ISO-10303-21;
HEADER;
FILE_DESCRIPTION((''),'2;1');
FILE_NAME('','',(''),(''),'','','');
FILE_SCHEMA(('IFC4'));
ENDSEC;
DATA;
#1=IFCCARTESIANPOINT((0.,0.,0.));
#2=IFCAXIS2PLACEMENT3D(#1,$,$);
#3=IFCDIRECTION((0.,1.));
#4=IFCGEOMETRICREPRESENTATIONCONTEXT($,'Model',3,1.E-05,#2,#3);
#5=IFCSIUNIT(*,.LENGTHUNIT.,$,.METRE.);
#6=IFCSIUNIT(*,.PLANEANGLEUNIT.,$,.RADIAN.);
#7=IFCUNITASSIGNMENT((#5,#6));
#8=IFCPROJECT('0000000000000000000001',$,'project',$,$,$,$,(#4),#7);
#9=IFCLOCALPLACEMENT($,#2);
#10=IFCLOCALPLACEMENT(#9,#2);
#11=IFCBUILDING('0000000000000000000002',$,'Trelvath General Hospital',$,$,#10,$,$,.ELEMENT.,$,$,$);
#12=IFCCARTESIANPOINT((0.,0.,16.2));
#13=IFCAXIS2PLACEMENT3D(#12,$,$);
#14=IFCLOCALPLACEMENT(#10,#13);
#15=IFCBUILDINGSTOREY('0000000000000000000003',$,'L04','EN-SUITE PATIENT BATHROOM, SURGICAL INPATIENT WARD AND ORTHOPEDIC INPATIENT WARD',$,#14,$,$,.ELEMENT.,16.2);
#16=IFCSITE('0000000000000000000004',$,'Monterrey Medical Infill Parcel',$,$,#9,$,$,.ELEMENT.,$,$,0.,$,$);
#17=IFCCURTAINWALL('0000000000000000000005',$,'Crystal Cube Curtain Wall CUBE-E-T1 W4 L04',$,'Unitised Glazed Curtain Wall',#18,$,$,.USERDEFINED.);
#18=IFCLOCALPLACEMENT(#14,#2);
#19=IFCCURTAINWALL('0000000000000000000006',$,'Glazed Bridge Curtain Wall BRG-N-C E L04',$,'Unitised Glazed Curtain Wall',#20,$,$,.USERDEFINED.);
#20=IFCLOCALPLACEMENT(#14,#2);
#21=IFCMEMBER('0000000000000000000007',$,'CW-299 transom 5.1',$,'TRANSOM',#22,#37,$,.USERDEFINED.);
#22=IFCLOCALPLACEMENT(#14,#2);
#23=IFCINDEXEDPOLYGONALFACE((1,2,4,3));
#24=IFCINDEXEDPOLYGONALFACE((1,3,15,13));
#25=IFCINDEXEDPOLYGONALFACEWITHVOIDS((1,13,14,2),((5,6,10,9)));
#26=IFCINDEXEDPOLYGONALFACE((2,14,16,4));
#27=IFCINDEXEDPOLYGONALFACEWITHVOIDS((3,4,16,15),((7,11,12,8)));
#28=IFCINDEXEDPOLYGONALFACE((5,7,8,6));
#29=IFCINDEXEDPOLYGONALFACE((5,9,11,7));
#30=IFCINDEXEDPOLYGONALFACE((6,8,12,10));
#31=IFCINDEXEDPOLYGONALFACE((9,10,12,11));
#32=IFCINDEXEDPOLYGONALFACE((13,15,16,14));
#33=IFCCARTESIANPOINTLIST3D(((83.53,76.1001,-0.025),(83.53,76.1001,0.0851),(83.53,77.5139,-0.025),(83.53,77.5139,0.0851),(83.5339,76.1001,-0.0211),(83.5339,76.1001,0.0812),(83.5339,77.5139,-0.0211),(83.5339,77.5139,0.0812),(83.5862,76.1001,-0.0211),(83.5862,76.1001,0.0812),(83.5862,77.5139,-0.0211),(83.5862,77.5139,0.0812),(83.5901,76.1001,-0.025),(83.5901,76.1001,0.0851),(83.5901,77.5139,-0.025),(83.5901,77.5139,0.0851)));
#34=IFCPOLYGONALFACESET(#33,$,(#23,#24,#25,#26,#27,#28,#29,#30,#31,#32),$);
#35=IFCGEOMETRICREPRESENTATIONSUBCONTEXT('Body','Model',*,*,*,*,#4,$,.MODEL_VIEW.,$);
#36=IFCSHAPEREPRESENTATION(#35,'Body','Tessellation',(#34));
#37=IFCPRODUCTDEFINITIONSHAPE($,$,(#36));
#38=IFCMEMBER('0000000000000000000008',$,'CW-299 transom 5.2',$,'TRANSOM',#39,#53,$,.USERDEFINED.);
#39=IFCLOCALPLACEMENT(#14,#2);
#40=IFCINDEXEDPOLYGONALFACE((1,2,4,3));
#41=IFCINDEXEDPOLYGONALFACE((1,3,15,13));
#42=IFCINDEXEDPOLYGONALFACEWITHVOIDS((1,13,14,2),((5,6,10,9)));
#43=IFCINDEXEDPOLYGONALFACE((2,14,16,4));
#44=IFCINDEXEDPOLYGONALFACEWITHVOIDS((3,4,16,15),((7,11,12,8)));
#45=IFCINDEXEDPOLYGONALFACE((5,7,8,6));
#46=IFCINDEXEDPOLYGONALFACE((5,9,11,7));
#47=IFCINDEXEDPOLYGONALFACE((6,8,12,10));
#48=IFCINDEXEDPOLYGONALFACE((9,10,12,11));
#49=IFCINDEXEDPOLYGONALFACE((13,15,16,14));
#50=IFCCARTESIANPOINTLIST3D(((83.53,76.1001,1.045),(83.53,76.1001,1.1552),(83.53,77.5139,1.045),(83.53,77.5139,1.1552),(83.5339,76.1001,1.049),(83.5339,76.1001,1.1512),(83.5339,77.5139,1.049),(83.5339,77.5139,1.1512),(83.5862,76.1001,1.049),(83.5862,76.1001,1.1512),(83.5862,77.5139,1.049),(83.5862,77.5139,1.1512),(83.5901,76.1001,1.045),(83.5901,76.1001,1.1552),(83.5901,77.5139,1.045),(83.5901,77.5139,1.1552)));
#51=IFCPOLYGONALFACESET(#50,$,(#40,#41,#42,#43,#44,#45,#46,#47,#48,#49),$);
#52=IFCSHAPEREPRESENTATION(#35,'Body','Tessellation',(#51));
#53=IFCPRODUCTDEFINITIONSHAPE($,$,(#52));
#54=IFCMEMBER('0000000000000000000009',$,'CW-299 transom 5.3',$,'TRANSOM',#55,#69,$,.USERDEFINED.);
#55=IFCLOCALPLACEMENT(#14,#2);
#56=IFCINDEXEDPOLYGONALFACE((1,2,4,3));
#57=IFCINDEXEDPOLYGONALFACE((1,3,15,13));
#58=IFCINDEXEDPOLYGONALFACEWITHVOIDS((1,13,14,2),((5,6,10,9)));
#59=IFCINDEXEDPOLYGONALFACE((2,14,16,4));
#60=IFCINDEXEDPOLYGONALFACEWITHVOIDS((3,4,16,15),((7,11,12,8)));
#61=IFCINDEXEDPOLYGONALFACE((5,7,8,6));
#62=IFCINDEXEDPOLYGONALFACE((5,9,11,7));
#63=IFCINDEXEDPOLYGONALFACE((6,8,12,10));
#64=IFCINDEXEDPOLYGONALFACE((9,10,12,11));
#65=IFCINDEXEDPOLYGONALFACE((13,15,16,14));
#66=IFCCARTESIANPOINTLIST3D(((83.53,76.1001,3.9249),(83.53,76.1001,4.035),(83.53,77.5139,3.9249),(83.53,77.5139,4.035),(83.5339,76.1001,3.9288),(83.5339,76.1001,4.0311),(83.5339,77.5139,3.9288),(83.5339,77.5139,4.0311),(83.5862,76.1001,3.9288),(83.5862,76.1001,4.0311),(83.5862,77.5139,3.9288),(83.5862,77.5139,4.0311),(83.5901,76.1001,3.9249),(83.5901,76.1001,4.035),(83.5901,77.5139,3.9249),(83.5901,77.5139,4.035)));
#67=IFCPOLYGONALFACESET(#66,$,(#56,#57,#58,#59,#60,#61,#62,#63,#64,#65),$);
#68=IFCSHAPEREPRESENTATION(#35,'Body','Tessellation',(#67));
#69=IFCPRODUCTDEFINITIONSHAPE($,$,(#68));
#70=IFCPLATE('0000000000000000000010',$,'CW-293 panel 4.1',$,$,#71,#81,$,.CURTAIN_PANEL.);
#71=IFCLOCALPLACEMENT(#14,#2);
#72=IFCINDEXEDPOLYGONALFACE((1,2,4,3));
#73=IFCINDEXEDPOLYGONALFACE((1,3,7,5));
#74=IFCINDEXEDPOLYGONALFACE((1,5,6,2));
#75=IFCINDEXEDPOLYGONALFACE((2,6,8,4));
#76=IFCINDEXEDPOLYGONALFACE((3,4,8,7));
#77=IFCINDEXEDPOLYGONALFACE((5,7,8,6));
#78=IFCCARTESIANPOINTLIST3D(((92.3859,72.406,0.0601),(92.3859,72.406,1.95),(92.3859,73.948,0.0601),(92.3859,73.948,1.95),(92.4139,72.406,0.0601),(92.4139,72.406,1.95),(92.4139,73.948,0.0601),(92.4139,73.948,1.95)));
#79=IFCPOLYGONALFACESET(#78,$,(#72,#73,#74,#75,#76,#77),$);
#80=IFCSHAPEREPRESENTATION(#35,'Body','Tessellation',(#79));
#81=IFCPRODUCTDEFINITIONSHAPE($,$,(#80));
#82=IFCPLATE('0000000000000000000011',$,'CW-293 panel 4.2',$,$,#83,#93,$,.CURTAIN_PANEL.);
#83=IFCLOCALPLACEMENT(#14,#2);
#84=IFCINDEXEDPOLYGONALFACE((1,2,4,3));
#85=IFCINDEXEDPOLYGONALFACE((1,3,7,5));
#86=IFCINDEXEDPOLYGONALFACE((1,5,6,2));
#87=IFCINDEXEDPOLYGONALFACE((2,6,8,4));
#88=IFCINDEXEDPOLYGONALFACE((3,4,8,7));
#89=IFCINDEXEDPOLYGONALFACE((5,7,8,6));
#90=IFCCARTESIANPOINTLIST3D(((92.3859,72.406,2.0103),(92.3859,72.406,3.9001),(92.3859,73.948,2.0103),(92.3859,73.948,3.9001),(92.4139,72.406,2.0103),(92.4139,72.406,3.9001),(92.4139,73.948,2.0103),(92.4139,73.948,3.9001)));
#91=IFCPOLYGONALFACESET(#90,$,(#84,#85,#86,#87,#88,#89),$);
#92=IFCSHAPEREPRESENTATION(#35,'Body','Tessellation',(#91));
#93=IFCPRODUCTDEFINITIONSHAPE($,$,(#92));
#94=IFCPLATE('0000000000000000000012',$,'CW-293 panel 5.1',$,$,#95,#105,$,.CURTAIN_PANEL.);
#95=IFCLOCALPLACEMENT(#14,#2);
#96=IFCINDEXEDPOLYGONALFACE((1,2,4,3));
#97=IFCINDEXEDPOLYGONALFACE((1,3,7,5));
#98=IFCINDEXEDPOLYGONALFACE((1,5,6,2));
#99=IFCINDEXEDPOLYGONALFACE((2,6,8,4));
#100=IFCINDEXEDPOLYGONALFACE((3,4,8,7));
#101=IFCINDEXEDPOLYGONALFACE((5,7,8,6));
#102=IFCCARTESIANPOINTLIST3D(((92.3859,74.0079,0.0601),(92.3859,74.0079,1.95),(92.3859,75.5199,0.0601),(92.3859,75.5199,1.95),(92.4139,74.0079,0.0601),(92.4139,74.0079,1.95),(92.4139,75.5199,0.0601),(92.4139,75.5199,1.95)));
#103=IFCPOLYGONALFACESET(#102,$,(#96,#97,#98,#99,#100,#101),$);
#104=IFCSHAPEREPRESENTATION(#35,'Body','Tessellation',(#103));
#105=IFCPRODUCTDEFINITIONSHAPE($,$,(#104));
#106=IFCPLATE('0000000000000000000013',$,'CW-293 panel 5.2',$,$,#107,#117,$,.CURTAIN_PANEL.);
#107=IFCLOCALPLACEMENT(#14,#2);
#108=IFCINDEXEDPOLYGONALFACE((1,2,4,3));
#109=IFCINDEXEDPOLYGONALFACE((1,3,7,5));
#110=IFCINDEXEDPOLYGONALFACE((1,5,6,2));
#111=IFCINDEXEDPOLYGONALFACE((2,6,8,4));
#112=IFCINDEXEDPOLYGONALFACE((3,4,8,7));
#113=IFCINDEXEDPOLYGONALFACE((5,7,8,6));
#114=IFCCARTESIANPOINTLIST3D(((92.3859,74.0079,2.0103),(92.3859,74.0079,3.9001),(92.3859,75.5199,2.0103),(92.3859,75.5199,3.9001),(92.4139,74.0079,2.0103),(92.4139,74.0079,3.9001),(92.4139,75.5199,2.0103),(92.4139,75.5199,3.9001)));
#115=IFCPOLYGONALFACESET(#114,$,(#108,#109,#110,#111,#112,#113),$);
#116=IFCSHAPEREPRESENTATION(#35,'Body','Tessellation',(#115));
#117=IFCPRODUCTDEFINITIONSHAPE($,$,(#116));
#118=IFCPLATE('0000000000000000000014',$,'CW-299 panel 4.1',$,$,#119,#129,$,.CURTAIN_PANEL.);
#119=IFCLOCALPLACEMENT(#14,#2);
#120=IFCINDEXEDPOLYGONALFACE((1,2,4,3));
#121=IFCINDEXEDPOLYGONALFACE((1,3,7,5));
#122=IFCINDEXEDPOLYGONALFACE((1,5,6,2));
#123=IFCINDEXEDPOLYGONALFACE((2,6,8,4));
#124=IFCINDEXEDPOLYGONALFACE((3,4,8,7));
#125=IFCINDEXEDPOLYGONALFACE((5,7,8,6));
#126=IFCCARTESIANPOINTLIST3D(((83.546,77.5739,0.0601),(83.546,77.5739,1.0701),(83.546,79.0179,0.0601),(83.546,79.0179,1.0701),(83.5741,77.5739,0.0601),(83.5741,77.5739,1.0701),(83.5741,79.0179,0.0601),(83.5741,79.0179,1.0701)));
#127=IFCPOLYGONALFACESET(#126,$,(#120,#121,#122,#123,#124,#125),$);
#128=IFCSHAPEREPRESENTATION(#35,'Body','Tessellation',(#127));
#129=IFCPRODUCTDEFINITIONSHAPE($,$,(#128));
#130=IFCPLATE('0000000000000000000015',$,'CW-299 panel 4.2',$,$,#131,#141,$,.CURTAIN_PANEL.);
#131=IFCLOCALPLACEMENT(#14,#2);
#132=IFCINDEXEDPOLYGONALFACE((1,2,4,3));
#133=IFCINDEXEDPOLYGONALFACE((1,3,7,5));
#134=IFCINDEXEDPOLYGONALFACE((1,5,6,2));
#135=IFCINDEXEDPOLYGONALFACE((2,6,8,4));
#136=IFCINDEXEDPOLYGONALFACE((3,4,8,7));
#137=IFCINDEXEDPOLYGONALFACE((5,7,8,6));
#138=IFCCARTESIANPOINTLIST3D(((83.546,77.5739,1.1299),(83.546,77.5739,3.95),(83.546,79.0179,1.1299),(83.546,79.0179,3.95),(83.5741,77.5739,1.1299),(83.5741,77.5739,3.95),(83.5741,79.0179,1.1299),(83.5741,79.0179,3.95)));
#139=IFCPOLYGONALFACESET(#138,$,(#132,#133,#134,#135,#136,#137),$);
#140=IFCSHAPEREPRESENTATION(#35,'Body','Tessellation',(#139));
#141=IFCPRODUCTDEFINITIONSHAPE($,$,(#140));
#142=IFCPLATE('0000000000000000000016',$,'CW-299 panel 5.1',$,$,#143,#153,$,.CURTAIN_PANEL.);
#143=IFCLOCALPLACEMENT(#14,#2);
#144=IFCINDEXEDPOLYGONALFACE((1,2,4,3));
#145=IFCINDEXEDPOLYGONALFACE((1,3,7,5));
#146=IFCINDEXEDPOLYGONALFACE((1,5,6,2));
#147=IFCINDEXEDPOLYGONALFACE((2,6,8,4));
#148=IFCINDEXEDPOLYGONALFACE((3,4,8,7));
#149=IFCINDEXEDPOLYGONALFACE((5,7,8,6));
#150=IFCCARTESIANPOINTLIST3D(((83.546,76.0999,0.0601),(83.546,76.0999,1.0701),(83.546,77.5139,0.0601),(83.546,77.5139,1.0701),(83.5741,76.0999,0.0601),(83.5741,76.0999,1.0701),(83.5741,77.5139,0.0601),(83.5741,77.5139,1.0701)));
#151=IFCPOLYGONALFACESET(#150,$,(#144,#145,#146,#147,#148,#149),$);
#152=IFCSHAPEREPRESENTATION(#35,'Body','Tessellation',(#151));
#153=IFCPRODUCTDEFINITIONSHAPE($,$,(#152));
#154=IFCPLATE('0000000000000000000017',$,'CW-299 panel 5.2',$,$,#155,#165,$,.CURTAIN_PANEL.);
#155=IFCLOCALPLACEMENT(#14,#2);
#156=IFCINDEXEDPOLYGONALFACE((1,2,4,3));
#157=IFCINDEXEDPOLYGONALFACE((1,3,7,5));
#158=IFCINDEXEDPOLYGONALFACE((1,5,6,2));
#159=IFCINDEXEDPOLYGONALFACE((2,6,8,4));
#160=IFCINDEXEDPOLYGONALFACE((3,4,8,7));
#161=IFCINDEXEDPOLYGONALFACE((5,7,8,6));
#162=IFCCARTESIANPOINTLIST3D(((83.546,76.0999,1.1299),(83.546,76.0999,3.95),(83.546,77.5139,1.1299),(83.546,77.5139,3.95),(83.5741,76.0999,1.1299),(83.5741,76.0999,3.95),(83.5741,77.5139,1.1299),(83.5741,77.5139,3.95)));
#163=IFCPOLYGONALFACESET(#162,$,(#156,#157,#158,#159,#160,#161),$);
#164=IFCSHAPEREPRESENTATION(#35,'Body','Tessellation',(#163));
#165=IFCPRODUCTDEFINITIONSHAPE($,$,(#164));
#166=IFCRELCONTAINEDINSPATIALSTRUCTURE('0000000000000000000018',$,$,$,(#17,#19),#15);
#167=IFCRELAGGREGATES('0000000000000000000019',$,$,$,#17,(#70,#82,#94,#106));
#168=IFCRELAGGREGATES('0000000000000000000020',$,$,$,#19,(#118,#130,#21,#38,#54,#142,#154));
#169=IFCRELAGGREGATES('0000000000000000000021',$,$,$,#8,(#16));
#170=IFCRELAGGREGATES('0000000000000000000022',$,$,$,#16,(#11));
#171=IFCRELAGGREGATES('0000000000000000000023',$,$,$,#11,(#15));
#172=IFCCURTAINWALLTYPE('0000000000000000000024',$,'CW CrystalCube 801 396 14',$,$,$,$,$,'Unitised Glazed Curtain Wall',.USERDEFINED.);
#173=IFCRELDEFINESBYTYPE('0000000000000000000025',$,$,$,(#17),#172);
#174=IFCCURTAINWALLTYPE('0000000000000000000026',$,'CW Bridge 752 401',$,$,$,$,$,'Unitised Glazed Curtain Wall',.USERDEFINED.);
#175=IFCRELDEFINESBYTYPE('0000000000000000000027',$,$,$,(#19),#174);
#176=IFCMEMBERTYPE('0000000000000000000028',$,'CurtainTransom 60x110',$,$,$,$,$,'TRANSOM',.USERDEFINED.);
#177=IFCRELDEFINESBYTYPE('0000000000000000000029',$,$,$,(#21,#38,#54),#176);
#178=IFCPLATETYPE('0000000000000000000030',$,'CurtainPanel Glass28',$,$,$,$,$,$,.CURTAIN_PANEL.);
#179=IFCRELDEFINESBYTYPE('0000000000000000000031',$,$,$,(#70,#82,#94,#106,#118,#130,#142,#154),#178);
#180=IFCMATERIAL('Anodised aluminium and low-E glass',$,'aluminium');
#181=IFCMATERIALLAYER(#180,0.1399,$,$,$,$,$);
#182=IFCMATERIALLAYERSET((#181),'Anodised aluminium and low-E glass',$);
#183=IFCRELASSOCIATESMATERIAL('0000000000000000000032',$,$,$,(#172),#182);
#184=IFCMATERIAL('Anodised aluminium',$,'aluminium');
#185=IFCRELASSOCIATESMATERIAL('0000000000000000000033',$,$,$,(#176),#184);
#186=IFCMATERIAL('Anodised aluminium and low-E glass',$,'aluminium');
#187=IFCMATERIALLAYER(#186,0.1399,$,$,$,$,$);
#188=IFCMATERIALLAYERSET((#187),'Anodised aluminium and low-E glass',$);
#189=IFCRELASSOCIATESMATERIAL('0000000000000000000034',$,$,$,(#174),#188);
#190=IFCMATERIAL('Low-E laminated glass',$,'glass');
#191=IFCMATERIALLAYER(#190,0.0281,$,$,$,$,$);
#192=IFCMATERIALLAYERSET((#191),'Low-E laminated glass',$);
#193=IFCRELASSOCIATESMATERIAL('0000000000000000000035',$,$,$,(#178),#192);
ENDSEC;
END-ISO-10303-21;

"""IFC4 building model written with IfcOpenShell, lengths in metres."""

from ifc_helpers import new_model, si_unit, direction, frame, origin, origin_2d, place, context, subcontext, project, spatial, rectangle, hollow_rectangle, extrude, material, layer, layer_set, material_profile, profile_set, type_object, element, aggregate, save


model = new_model("IFC4")

# Units and contexts
model_context = context("Model", 3, precision=1e-05, world=origin(), true_north=direction((0.0, 1.0)))
body_context = subcontext(model_context, "Body", "Model", "MODEL_VIEW")
ifc_project = project(units=[si_unit("LENGTHUNIT", "METRE"), si_unit("PLANEANGLEUNIT", "RADIAN")], contexts=[model_context])

# Site, building, storey
site_placement = place(None, origin())
site = spatial("IfcSite", under=ifc_project, at=site_placement, Name="Monterrey Medical Infill Parcel", CompositionType="ELEMENT", RefElevation=0.0)
building_placement = place(site_placement, origin())
building = spatial("IfcBuilding", under=site, at=building_placement, Name="Trelvath General Hospital", CompositionType="ELEMENT")
storey_placement = place(building_placement, frame((0.0, 0.0, 16.2)))
storey = spatial("IfcBuildingStorey", under=building, at=storey_placement, Name="L04", Description="EN-SUITE PATIENT BATHROOM, SURGICAL INPATIENT WARD AND ORTHOPEDIC INPATIENT WARD", CompositionType="ELEMENT", Elevation=16.2)

# Curtain walls, members
ifc_material_1 = material(Name="Anodised aluminium and low-E glass", Category="aluminium")
ifc_layer_1 = layer(ifc_material_1, 0.1399)
ifc_layer_set_1 = layer_set([ifc_layer_1], Name="Anodised aluminium and low-E glass")
curtain_wall_type_1 = type_object("IfcCurtainWallType", Name="CW CrystalCube 801 396 14", ElementType="Unitised Glazed Curtain Wall", PredefinedType="USERDEFINED", material=ifc_layer_set_1)
curtain_wall_1_placement = place(storey_placement, origin())
curtain_wall_1 = element("IfcCurtainWall", 1, at=curtain_wall_1_placement, inside=storey, type_object=curtain_wall_type_1, Name="Crystal Cube Curtain Wall CUBE-E-T1 W4 L04", ObjectType="Unitised Glazed Curtain Wall", PredefinedType="USERDEFINED")
ifc_material_2 = material(Name="Anodised aluminium", Category="aluminium")
ifc_material_profile_1 = material_profile(ifc_material_2, hollow_rectangle(XDim=0.0601, YDim=0.1101, WallThickness=0.0039, at=origin_2d()), Name="RHS60x110x4")
ifc_profile_set_1 = profile_set([ifc_material_profile_1], Name="Anodised aluminium")
member_type_1 = type_object("IfcMemberType", Name="CurtainTransom 60x110", ElementType="TRANSOM", PredefinedType="USERDEFINED", material=ifc_profile_set_1)
ifc_material_3 = material(Name="Anodised aluminium and low-E glass", Category="aluminium")
ifc_layer_2 = layer(ifc_material_3, 0.1399)
ifc_layer_set_2 = layer_set([ifc_layer_2], Name="Anodised aluminium and low-E glass")
curtain_wall_type_2 = type_object("IfcCurtainWallType", Name="CW Bridge 752 401", ElementType="Unitised Glazed Curtain Wall", PredefinedType="USERDEFINED", material=ifc_layer_set_2)
curtain_wall_2_placement = place(storey_placement, origin())
curtain_wall_2 = element("IfcCurtainWall", 2, at=curtain_wall_2_placement, inside=storey, type_object=curtain_wall_type_2, Name="Glazed Bridge Curtain Wall BRG-N-C E L04", ObjectType="Unitised Glazed Curtain Wall", PredefinedType="USERDEFINED")
member_1_placement = place(storey_placement, frame((83.5601, 77.5139, 0.03), z_axis=(0.0, -1.0, 0.0), x_axis=(1.0, 0.0, 0.0)))
member_1 = element("IfcMember", 3, at=member_1_placement, type_object=member_type_1, Name="CW-299 transom 5.1", ObjectType="TRANSOM", PredefinedType="USERDEFINED", context=body_context, shape_type="SweptSolid", body=[
    extrude(hollow_rectangle(XDim=0.0601, YDim=0.1101, WallThickness=0.0039, at=origin_2d()), origin(), (0.0, 0.0, 1.0), 1.4138),
])
member_2_placement = place(storey_placement, frame((83.5601, 77.5139, 1.1001), z_axis=(0.0, -1.0, 0.0), x_axis=(1.0, 0.0, 0.0)))
member_2 = element("IfcMember", 4, at=member_2_placement, type_object=member_type_1, Name="CW-299 transom 5.2", ObjectType="TRANSOM", PredefinedType="USERDEFINED", context=body_context, shape_type="SweptSolid", body=[
    extrude(hollow_rectangle(XDim=0.0601, YDim=0.1101, WallThickness=0.0039, at=origin_2d()), origin(), (0.0, 0.0, 1.0), 1.4138),
])
member_3_placement = place(storey_placement, frame((83.5601, 77.5139, 3.98), z_axis=(0.0, -1.0, 0.0), x_axis=(1.0, 0.0, 0.0)))
member_3 = element("IfcMember", 5, at=member_3_placement, type_object=member_type_1, Name="CW-299 transom 5.3", ObjectType="TRANSOM", PredefinedType="USERDEFINED", context=body_context, shape_type="SweptSolid", body=[
    extrude(hollow_rectangle(XDim=0.0601, YDim=0.1101, WallThickness=0.0039, at=origin_2d()), origin(), (0.0, 0.0, 1.0), 1.4138),
])

# Plates
ifc_material_4 = material(Name="Low-E laminated glass", Category="glass")
ifc_layer_3 = layer(ifc_material_4, 0.0281)
ifc_layer_set_3 = layer_set([ifc_layer_3], Name="Low-E laminated glass")
plate_type = type_object("IfcPlateType", Name="CurtainPanel Glass28", PredefinedType="CURTAIN_PANEL", material=ifc_layer_set_3)
plate_1_placement = place(storey_placement, frame((92.3999, 73.177, 0.0601), z_axis=(0.0, 0.0, 1.0), x_axis=(0.0, 1.0, 0.0)))
plate_1 = element("IfcPlate", 6, at=plate_1_placement, type_object=plate_type, Name="CW-293 panel 4.1", PredefinedType="CURTAIN_PANEL", context=body_context, shape_type="SweptSolid", body=[
    extrude(rectangle(XDim=1.542, YDim=0.0281, at=origin_2d()), origin(), (0.0, 0.0, 1.0), 1.8899),
])
plate_2_placement = place(storey_placement, frame((92.3999, 73.177, 2.0103), z_axis=(0.0, 0.0, 1.0), x_axis=(0.0, 1.0, 0.0)))
plate_2 = element("IfcPlate", 7, at=plate_2_placement, type_object=plate_type, Name="CW-293 panel 4.2", PredefinedType="CURTAIN_PANEL", context=body_context, shape_type="SweptSolid", body=[
    extrude(rectangle(XDim=1.542, YDim=0.0281, at=origin_2d()), origin(), (0.0, 0.0, 1.0), 1.8899),
])
plate_3_placement = place(storey_placement, frame((92.3999, 74.7639, 0.0601), z_axis=(0.0, 0.0, 1.0), x_axis=(0.0, 1.0, 0.0)))
plate_3 = element("IfcPlate", 8, at=plate_3_placement, type_object=plate_type, Name="CW-293 panel 5.1", PredefinedType="CURTAIN_PANEL", context=body_context, shape_type="SweptSolid", body=[
    extrude(rectangle(XDim=1.512, YDim=0.0281, at=origin_2d()), origin(), (0.0, 0.0, 1.0), 1.8899),
])
plate_4_placement = place(storey_placement, frame((92.3999, 74.7639, 2.0103), z_axis=(0.0, 0.0, 1.0), x_axis=(0.0, 1.0, 0.0)))
plate_4 = element("IfcPlate", 9, at=plate_4_placement, type_object=plate_type, Name="CW-293 panel 5.2", PredefinedType="CURTAIN_PANEL", context=body_context, shape_type="SweptSolid", body=[
    extrude(rectangle(XDim=1.512, YDim=0.0281, at=origin_2d()), origin(), (0.0, 0.0, 1.0), 1.8899),
])
aggregate(curtain_wall_1, [plate_1, plate_2, plate_3, plate_4])
plate_5_placement = place(storey_placement, frame((83.5601, 78.2959, 0.0601), z_axis=(0.0, 0.0, 1.0), x_axis=(0.0, -1.0, 0.0)))
plate_5 = element("IfcPlate", 10, at=plate_5_placement, type_object=plate_type, Name="CW-299 panel 4.1", PredefinedType="CURTAIN_PANEL", context=body_context, shape_type="SweptSolid", body=[
    extrude(rectangle(XDim=1.4441, YDim=0.0281, at=origin_2d()), origin(), (0.0, 0.0, 1.0), 1.01),
])
plate_6_placement = place(storey_placement, frame((83.5601, 78.2959, 1.1299), z_axis=(0.0, 0.0, 1.0), x_axis=(0.0, -1.0, 0.0)))
plate_6 = element("IfcPlate", 11, at=plate_6_placement, type_object=plate_type, Name="CW-299 panel 4.2", PredefinedType="CURTAIN_PANEL", context=body_context, shape_type="SweptSolid", body=[
    extrude(rectangle(XDim=1.4441, YDim=0.0281, at=origin_2d()), origin(), (0.0, 0.0, 1.0), 2.8201),
])
plate_7_placement = place(storey_placement, frame((83.5601, 76.8069, 0.0601), z_axis=(0.0, 0.0, 1.0), x_axis=(0.0, -1.0, 0.0)))
plate_7 = element("IfcPlate", 12, at=plate_7_placement, type_object=plate_type, Name="CW-299 panel 5.1", PredefinedType="CURTAIN_PANEL", context=body_context, shape_type="SweptSolid", body=[
    extrude(rectangle(XDim=1.4141, YDim=0.0281, at=origin_2d()), origin(), (0.0, 0.0, 1.0), 1.01),
])
plate_8_placement = place(storey_placement, frame((83.5601, 76.8069, 1.1299), z_axis=(0.0, 0.0, 1.0), x_axis=(0.0, -1.0, 0.0)))
plate_8 = element("IfcPlate", 13, at=plate_8_placement, type_object=plate_type, Name="CW-299 panel 5.2", PredefinedType="CURTAIN_PANEL", context=body_context, shape_type="SweptSolid", body=[
    extrude(rectangle(XDim=1.4141, YDim=0.0281, at=origin_2d()), origin(), (0.0, 0.0, 1.0), 2.8201),
])
aggregate(curtain_wall_2, [plate_5, plate_6, member_1, member_2, member_3, plate_7, plate_8])

save(model, "model.ifc")
